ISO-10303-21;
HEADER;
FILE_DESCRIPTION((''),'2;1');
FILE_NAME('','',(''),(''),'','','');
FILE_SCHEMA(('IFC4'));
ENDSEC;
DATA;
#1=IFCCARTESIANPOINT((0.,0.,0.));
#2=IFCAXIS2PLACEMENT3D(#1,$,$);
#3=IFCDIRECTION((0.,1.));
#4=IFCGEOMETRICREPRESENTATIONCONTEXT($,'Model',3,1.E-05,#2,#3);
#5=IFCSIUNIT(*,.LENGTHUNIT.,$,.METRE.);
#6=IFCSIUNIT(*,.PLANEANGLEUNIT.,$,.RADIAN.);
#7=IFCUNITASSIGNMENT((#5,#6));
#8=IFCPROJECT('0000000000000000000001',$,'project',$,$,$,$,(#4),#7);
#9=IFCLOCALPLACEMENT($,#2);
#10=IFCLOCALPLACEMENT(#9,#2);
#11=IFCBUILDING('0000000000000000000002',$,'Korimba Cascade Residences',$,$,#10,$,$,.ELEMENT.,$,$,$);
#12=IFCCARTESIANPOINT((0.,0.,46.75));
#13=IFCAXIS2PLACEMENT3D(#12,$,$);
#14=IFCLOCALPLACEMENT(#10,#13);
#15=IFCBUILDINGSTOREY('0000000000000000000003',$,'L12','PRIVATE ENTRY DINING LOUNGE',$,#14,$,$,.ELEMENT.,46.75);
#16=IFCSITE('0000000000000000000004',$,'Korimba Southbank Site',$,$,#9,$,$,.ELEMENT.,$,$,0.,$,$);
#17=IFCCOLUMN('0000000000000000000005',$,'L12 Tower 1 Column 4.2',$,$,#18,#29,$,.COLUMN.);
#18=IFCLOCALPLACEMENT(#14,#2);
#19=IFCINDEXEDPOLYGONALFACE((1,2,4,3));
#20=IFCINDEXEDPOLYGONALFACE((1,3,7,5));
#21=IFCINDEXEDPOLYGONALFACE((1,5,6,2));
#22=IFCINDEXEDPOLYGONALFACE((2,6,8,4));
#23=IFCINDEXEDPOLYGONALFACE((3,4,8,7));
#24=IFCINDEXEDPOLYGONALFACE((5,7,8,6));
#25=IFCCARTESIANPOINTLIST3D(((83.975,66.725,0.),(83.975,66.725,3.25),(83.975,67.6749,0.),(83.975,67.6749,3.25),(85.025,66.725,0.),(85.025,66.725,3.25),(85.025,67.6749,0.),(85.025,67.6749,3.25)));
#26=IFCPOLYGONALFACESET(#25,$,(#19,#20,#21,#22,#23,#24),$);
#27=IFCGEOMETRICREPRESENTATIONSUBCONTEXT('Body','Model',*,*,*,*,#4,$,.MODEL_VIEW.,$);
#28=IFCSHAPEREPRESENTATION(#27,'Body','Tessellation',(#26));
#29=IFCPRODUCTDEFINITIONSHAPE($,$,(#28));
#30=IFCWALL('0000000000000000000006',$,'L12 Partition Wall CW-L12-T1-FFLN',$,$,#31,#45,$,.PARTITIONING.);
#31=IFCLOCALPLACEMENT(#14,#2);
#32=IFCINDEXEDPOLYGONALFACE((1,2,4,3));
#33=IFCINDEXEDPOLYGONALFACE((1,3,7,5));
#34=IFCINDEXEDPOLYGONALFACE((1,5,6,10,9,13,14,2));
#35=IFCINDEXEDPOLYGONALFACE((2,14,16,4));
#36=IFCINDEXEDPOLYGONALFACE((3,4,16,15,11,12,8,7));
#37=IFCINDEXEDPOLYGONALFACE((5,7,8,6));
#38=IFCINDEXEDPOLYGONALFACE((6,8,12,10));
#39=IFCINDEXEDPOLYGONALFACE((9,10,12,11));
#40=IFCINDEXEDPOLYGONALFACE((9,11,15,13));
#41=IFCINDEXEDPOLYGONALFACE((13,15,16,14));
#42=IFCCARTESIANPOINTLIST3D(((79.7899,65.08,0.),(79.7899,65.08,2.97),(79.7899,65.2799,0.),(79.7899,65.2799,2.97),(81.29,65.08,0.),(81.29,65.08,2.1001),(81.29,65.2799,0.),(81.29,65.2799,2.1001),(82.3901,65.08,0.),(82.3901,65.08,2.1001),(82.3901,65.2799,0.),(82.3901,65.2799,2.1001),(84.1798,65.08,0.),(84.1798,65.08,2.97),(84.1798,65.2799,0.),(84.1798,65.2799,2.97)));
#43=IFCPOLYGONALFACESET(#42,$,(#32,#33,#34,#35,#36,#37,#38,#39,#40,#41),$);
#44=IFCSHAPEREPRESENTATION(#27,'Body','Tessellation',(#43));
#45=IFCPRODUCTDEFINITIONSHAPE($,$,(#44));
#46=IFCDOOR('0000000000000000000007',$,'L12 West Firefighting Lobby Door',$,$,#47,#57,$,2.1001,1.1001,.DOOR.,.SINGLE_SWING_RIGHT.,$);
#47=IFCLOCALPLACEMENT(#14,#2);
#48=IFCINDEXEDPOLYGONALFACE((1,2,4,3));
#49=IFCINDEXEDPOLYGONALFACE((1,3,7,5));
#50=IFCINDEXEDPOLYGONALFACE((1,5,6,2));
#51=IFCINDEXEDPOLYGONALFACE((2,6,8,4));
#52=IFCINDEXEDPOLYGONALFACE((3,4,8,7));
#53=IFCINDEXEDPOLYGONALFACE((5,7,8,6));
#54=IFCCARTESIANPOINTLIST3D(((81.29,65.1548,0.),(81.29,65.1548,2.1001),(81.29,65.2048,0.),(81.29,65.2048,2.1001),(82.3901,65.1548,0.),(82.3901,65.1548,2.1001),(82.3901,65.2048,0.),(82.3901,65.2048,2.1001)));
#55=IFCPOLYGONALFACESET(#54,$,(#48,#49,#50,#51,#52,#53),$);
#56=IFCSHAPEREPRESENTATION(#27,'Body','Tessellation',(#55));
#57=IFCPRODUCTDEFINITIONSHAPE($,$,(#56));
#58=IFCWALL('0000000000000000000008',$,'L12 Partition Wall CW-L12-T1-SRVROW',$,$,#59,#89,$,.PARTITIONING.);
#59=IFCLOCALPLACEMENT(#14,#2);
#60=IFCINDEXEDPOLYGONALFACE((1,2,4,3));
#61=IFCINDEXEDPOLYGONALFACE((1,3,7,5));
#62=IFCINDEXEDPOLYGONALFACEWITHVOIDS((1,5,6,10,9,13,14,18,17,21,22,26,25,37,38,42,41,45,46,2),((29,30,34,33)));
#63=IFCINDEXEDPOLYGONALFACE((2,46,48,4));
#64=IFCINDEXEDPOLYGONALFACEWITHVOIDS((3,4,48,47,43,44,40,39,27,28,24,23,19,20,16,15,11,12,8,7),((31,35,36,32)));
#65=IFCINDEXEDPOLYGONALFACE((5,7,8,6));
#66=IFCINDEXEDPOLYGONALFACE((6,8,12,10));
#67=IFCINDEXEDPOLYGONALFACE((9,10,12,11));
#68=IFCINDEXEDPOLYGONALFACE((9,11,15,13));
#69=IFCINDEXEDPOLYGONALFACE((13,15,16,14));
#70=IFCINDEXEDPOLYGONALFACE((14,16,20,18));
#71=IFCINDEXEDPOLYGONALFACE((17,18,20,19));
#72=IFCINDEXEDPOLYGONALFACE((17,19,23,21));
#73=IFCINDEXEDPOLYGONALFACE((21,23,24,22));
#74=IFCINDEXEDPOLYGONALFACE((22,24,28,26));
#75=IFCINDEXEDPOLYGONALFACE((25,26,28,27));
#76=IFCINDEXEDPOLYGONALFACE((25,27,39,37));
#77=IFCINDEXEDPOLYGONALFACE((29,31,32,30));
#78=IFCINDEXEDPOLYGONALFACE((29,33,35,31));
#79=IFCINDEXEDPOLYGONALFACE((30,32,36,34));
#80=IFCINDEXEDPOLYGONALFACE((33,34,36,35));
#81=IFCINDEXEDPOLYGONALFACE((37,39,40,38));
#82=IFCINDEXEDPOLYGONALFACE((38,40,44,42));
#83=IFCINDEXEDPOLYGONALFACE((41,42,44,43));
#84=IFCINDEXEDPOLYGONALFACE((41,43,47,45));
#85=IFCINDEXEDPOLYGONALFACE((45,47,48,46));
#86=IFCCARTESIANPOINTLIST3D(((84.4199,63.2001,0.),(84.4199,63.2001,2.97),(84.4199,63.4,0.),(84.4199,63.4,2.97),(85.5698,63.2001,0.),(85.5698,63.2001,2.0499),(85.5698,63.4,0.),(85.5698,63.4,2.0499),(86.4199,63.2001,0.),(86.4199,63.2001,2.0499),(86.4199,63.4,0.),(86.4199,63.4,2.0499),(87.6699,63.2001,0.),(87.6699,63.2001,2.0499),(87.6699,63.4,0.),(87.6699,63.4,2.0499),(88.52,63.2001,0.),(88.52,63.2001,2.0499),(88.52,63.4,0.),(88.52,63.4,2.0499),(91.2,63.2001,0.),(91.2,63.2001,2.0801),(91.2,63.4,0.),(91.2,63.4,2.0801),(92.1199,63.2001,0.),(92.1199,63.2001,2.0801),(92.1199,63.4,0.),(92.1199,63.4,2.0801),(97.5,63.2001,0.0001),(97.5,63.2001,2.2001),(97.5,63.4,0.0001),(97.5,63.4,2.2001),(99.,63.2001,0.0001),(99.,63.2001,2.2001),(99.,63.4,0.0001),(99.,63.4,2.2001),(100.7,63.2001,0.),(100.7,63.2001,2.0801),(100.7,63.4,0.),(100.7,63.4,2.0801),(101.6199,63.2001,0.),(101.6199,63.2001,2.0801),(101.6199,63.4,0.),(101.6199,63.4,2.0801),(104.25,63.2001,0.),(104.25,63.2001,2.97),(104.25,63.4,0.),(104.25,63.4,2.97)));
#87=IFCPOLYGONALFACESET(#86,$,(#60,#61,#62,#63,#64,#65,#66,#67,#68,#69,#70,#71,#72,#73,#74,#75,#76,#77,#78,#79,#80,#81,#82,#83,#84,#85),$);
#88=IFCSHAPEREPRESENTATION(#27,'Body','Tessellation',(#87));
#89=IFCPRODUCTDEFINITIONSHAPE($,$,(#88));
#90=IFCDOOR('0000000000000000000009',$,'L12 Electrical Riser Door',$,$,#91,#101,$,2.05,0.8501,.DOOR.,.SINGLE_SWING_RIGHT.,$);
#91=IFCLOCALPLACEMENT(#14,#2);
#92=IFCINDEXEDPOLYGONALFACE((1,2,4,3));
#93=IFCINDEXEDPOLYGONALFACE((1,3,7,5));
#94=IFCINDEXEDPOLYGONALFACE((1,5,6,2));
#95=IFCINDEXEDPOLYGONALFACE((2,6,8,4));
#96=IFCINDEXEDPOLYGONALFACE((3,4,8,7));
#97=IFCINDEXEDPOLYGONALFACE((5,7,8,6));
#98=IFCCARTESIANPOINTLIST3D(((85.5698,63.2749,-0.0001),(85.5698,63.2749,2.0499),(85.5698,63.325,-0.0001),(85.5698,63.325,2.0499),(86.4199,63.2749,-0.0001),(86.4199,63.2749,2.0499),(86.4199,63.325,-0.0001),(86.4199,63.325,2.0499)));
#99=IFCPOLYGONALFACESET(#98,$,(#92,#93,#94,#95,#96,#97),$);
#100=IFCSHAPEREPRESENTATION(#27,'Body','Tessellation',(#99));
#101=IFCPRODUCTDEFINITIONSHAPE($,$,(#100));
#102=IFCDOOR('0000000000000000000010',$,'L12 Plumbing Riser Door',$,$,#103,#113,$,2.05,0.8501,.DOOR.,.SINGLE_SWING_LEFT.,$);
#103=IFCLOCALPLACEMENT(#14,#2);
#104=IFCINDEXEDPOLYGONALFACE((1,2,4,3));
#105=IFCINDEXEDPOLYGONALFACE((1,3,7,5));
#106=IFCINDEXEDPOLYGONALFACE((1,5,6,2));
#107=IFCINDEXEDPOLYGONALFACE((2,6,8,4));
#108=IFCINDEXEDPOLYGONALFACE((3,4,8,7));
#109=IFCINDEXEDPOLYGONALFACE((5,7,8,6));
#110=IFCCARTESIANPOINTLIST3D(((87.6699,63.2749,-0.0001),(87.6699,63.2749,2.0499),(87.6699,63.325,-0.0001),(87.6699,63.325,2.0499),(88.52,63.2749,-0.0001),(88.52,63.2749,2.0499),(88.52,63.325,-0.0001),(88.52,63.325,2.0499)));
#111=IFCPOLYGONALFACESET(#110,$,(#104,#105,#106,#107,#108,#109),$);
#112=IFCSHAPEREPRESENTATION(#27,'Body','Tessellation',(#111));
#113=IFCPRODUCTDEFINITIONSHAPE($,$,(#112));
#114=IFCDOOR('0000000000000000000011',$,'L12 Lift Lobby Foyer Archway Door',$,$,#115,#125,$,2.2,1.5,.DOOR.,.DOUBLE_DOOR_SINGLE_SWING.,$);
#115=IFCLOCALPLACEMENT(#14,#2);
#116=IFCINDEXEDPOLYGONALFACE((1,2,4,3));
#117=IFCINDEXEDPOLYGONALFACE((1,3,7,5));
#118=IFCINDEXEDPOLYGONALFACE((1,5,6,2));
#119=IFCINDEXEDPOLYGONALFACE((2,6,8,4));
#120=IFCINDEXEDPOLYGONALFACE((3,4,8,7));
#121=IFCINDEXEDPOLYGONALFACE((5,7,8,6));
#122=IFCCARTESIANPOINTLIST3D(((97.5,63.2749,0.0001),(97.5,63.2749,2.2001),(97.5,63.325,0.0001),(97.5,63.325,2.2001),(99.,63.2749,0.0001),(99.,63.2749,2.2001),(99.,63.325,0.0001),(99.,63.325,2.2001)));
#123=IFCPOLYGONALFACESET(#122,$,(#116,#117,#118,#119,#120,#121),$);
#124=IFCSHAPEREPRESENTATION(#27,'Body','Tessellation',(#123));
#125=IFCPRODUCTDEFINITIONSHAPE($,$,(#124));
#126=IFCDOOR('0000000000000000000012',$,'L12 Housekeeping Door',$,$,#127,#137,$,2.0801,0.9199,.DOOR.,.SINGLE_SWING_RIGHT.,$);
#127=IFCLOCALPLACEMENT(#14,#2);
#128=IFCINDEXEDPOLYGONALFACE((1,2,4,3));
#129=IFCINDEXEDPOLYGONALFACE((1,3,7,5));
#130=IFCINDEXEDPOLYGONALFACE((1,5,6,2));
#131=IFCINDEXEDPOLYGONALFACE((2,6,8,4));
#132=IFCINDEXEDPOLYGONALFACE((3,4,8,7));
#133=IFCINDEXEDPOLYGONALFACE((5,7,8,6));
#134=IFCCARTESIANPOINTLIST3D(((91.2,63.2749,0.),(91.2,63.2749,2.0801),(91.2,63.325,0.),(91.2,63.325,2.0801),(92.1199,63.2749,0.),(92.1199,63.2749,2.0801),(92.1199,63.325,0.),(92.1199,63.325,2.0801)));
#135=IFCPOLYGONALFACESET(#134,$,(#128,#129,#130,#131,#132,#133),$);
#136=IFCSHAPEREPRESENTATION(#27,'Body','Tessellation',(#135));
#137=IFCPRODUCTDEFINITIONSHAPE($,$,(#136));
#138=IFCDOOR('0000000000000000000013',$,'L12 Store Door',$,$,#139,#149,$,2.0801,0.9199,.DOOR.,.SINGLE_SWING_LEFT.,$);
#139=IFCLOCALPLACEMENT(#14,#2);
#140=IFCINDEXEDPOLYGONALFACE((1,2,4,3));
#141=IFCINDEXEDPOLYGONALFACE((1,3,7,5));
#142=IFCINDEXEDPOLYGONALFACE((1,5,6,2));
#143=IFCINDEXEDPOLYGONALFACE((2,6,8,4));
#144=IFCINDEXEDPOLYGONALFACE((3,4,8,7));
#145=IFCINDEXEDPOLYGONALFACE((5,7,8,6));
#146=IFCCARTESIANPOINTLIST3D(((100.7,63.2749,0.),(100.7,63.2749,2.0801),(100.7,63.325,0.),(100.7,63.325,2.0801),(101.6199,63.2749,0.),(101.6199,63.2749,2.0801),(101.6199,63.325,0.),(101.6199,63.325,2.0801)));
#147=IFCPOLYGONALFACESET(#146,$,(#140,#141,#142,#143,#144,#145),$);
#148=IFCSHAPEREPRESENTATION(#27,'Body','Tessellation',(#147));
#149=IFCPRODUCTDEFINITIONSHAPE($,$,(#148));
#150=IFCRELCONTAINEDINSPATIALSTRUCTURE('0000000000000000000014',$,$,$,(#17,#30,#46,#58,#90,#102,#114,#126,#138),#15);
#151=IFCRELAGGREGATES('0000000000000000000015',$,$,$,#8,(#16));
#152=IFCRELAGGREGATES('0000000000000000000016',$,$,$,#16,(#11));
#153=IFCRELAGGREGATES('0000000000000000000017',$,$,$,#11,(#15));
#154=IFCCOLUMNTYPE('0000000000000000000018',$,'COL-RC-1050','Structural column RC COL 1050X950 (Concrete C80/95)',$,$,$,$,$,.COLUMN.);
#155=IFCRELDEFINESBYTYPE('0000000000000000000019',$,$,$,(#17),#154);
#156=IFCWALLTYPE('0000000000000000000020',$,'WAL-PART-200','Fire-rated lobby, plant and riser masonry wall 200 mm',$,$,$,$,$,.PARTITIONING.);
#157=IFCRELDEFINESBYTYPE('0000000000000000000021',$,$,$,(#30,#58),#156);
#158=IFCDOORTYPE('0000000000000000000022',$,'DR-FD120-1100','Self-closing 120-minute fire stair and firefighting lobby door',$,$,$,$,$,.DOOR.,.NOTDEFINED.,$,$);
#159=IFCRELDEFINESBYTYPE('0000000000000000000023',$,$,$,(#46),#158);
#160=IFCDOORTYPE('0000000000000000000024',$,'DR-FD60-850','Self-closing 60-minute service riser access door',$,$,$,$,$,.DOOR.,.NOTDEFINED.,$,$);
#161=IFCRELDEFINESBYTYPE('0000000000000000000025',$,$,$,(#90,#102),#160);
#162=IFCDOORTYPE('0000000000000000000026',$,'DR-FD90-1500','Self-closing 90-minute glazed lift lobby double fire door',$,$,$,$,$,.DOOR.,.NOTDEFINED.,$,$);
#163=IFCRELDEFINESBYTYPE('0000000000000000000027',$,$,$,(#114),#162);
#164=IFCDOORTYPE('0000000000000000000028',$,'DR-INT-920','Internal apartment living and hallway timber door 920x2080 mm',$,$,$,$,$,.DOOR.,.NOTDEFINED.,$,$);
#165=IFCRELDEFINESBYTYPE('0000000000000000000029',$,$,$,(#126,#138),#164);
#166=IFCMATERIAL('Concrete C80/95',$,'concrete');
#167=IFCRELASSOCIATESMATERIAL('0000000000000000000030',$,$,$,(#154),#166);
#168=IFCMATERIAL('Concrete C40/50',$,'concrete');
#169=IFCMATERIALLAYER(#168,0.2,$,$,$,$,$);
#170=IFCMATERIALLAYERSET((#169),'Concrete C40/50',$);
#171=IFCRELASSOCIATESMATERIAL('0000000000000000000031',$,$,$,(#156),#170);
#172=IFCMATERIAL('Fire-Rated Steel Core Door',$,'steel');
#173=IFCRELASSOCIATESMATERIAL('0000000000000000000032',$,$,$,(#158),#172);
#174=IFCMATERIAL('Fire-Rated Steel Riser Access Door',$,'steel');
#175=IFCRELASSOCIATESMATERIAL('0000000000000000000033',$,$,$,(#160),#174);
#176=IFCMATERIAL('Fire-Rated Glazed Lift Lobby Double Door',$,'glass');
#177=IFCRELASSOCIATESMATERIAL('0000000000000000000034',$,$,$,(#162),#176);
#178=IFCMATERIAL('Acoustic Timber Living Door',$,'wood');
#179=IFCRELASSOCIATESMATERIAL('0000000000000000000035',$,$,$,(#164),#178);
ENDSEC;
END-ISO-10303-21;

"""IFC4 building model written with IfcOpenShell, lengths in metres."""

from ifc_helpers import new_model, si_unit, direction, frame, frame_2d, origin, origin_2d, place, context, subcontext, project, spatial, rectangle, extrude, material, layer, layer_set, material_profile, profile_set, type_object, element, fill, save


model = new_model("IFC4")

# Units and contexts
model_context = context("Model", 3, precision=1e-05, world=origin(), true_north=direction((0.0, 1.0)))
body_context = subcontext(model_context, "Body", "Model", "MODEL_VIEW")
ifc_project = project(units=[si_unit("LENGTHUNIT", "METRE"), si_unit("PLANEANGLEUNIT", "RADIAN")], contexts=[model_context])

# Site, building, storey
site_placement = place(None, origin())
site = spatial("IfcSite", under=ifc_project, at=site_placement, Name="Korimba Southbank Site", CompositionType="ELEMENT", RefElevation=0.0)
building_placement = place(site_placement, origin())
building = spatial("IfcBuilding", under=site, at=building_placement, Name="Korimba Cascade Residences", CompositionType="ELEMENT")
storey_placement = place(building_placement, frame((0.0, 0.0, 46.75)))
storey = spatial("IfcBuildingStorey", under=building, at=storey_placement, Name="L12", Description="PRIVATE ENTRY DINING LOUNGE", CompositionType="ELEMENT", Elevation=46.75)

# Column
ifc_material_1 = material(Name="Concrete C80/95", Category="concrete")
ifc_material_profile = material_profile(ifc_material_1, rectangle(XDim=1.05, YDim=0.95, at=origin_2d()), Name="Concrete C80/95")
ifc_profile_set = profile_set([ifc_material_profile], Name="Concrete C80/95")
column_type = type_object("IfcColumnType", Name="COL-RC-1050", Description="Structural column RC COL 1050X950 (Concrete C80/95)", PredefinedType="COLUMN", material=ifc_profile_set)
column_placement = place(storey_placement, frame((84.5, 67.2, 0.0), z_axis=(0.0, 0.0, 1.0), x_axis=(1.0, 0.0, 0.0)))
element("IfcColumn", 1, at=column_placement, inside=storey, type_object=column_type, Name="L12 Tower 1 Column 4.2", PredefinedType="COLUMN", context=body_context, shape_type="SweptSolid", body=[
    extrude(rectangle(XDim=1.05, YDim=0.95, at=origin_2d()), origin(), (0.0, 0.0, 1.0), 3.25),
])

# Wall, opening, door
ifc_material_2 = material(Name="Concrete C40/50", Category="concrete")
ifc_layer = layer(ifc_material_2, 0.2)
ifc_layer_set = layer_set([ifc_layer], Name="Concrete C40/50")
wall_type = type_object("IfcWallType", Name="WAL-PART-200", Description="Fire-rated lobby, plant and riser masonry wall 200 mm", PredefinedType="PARTITIONING", material=ifc_layer_set)
wall_1_placement = place(storey_placement, frame((79.79, 65.1799, 0.0), z_axis=(0.0, 0.0, 1.0), x_axis=(1.0, 0.0, 0.0)))
wall_1 = element("IfcWall", 2, at=wall_1_placement, inside=storey, type_object=wall_type, Name="L12 Partition Wall CW-L12-T1-FFLN", PredefinedType="PARTITIONING", context=body_context, shape_type="SweptSolid", body=[
    extrude(rectangle(XDim=4.3899, YDim=0.2, at=frame_2d((2.1948, 0.0))), origin(), (0.0, 0.0, 1.0), 2.97),
])
opening_1_placement = place(wall_1_placement, frame((1.5, 0.0, 0.0)))
opening_1 = element("IfcOpeningElement", 3, at=opening_1_placement, cuts=wall_1, PredefinedType="OPENING", context=body_context, shape_type="SweptSolid", body=[
    extrude(rectangle(XDim=1.1001, YDim=2.1001, at=frame_2d((0.55, 1.05))), frame((0.0, 0.1099, 0.0), z_axis=(0.0, -1.0, 0.0), x_axis=(1.0, 0.0, 0.0)), (0.0, 0.0, 1.0), 0.22),
])
ifc_material_3 = material(Name="Fire-Rated Steel Core Door", Category="steel")
door_type_1 = type_object("IfcDoorType", Name="DR-FD120-1100", Description="Self-closing 120-minute fire stair and firefighting lobby door", OperationType="NOTDEFINED", PredefinedType="DOOR", material=ifc_material_3)
door_1_placement = place(opening_1_placement, origin())
door_1 = element("IfcDoor", 4, at=door_1_placement, inside=storey, type_object=door_type_1, Name="L12 West Firefighting Lobby Door", OperationType="SINGLE_SWING_RIGHT", OverallHeight=2.1001, OverallWidth=1.1001, PredefinedType="DOOR", context=body_context, shape_type="SweptSolid", body=[
    extrude(rectangle(XDim=1.1001, YDim=2.1001, at=frame_2d((0.55, 1.05))), frame((0.0, 0.0249, 0.0), z_axis=(0.0, -1.0, 0.0), x_axis=(1.0, 0.0, 0.0)), (0.0, 0.0, 1.0), 0.05),
])
fill(opening_1, door_1)

# Wall, openings, doors
wall_2_placement = place(storey_placement, frame((84.4199, 63.3, 0.0), z_axis=(0.0, 0.0, 1.0), x_axis=(1.0, 0.0, 0.0)))
wall_2 = element("IfcWall", 5, at=wall_2_placement, inside=storey, type_object=wall_type, Name="L12 Partition Wall CW-L12-T1-SRVROW", PredefinedType="PARTITIONING", context=body_context, shape_type="SweptSolid", body=[
    extrude(rectangle(XDim=19.8301, YDim=0.2, at=frame_2d((9.915, 0.0))), origin(), (0.0, 0.0, 1.0), 2.97),
])
opening_2_placement = place(wall_2_placement, frame((1.1499, 0.0, 0.0)))
opening_2 = element("IfcOpeningElement", 6, at=opening_2_placement, cuts=wall_2, PredefinedType="OPENING", context=body_context, shape_type="SweptSolid", body=[
    extrude(rectangle(XDim=0.8501, YDim=2.05, at=frame_2d((0.425, 1.0249))), frame((0.0, 0.1099, 0.0), z_axis=(0.0, -1.0, 0.0), x_axis=(1.0, 0.0, 0.0)), (0.0, 0.0, 1.0), 0.22),
])
opening_3_placement = place(wall_2_placement, frame((3.25, 0.0, 0.0)))
opening_3 = element("IfcOpeningElement", 7, at=opening_3_placement, cuts=wall_2, PredefinedType="OPENING", context=body_context, shape_type="SweptSolid", body=[
    extrude(rectangle(XDim=0.8501, YDim=2.05, at=frame_2d((0.425, 1.0249))), frame((0.0, 0.1099, 0.0), z_axis=(0.0, -1.0, 0.0), x_axis=(1.0, 0.0, 0.0)), (0.0, 0.0, 1.0), 0.22),
])
opening_4_placement = place(wall_2_placement, frame((13.0801, 0.0, 0.0)))
opening_4 = element("IfcOpeningElement", 8, at=opening_4_placement, cuts=wall_2, PredefinedType="OPENING", context=body_context, shape_type="SweptSolid", body=[
    extrude(rectangle(XDim=1.5, YDim=2.2, at=frame_2d((0.75, 1.1001))), frame((0.0, 0.1099, 0.0), z_axis=(0.0, -1.0, 0.0), x_axis=(1.0, 0.0, 0.0)), (0.0, 0.0, 1.0), 0.22),
])
opening_5_placement = place(wall_2_placement, frame((6.78, 0.0, 0.0)))
opening_5 = element("IfcOpeningElement", 9, at=opening_5_placement, cuts=wall_2, PredefinedType="OPENING", context=body_context, shape_type="SweptSolid", body=[
    extrude(rectangle(XDim=0.9199, YDim=2.0801, at=frame_2d((0.46, 1.04))), frame((0.0, 0.1099, 0.0), z_axis=(0.0, -1.0, 0.0), x_axis=(1.0, 0.0, 0.0)), (0.0, 0.0, 1.0), 0.22),
])
opening_6_placement = place(wall_2_placement, frame((16.28, 0.0, 0.0)))
opening_6 = element("IfcOpeningElement", 10, at=opening_6_placement, cuts=wall_2, PredefinedType="OPENING", context=body_context, shape_type="SweptSolid", body=[
    extrude(rectangle(XDim=0.9199, YDim=2.0801, at=frame_2d((0.46, 1.04))), frame((0.0, 0.1099, 0.0), z_axis=(0.0, -1.0, 0.0), x_axis=(1.0, 0.0, 0.0)), (0.0, 0.0, 1.0), 0.22),
])
ifc_material_4 = material(Name="Fire-Rated Steel Riser Access Door", Category="steel")
door_type_2 = type_object("IfcDoorType", Name="DR-FD60-850", Description="Self-closing 60-minute service riser access door", OperationType="NOTDEFINED", PredefinedType="DOOR", material=ifc_material_4)
door_2_placement = place(opening_2_placement, origin())
door_2 = element("IfcDoor", 11, at=door_2_placement, inside=storey, type_object=door_type_2, Name="L12 Electrical Riser Door", OperationType="SINGLE_SWING_RIGHT", OverallHeight=2.05, OverallWidth=0.8501, PredefinedType="DOOR", context=body_context, shape_type="SweptSolid", body=[
    extrude(rectangle(XDim=0.8501, YDim=2.05, at=frame_2d((0.425, 1.0249))), frame((0.0, 0.0249, 0.0), z_axis=(0.0, -1.0, 0.0), x_axis=(1.0, 0.0, 0.0)), (0.0, 0.0, 1.0), 0.05),
])
fill(opening_2, door_2)
door_3_placement = place(opening_3_placement, origin())
door_3 = element("IfcDoor", 12, at=door_3_placement, inside=storey, type_object=door_type_2, Name="L12 Plumbing Riser Door", OperationType="SINGLE_SWING_LEFT", OverallHeight=2.05, OverallWidth=0.8501, PredefinedType="DOOR", context=body_context, shape_type="SweptSolid", body=[
    extrude(rectangle(XDim=0.8501, YDim=2.05, at=frame_2d((0.425, 1.0249))), frame((0.0, 0.0249, 0.0), z_axis=(0.0, -1.0, 0.0), x_axis=(1.0, 0.0, 0.0)), (0.0, 0.0, 1.0), 0.05),
])
fill(opening_3, door_3)
ifc_material_5 = material(Name="Fire-Rated Glazed Lift Lobby Double Door", Category="glass")
door_type_3 = type_object("IfcDoorType", Name="DR-FD90-1500", Description="Self-closing 90-minute glazed lift lobby double fire door", OperationType="NOTDEFINED", PredefinedType="DOOR", material=ifc_material_5)
door_4_placement = place(opening_4_placement, origin())
door_4 = element("IfcDoor", 13, at=door_4_placement, inside=storey, type_object=door_type_3, Name="L12 Lift Lobby Foyer Archway Door", OperationType="DOUBLE_DOOR_SINGLE_SWING", OverallHeight=2.2, OverallWidth=1.5, PredefinedType="DOOR", context=body_context, shape_type="SweptSolid", body=[
    extrude(rectangle(XDim=1.5, YDim=2.2, at=frame_2d((0.75, 1.1001))), frame((0.0, 0.0249, 0.0), z_axis=(0.0, -1.0, 0.0), x_axis=(1.0, 0.0, 0.0)), (0.0, 0.0, 1.0), 0.05),
])
fill(opening_4, door_4)
ifc_material_6 = material(Name="Acoustic Timber Living Door", Category="wood")
door_type_4 = type_object("IfcDoorType", Name="DR-INT-920", Description="Internal apartment living and hallway timber door 920x2080 mm", OperationType="NOTDEFINED", PredefinedType="DOOR", material=ifc_material_6)
door_5_placement = place(opening_5_placement, origin())
door_5 = element("IfcDoor", 14, at=door_5_placement, inside=storey, type_object=door_type_4, Name="L12 Housekeeping Door", OperationType="SINGLE_SWING_RIGHT", OverallHeight=2.0801, OverallWidth=0.9199, PredefinedType="DOOR", context=body_context, shape_type="SweptSolid", body=[
    extrude(rectangle(XDim=0.9199, YDim=2.0801, at=frame_2d((0.46, 1.04))), frame((0.0, 0.0249, 0.0), z_axis=(0.0, -1.0, 0.0), x_axis=(1.0, 0.0, 0.0)), (0.0, 0.0, 1.0), 0.05),
])
fill(opening_5, door_5)
door_6_placement = place(opening_6_placement, origin())
door_6 = element("IfcDoor", 15, at=door_6_placement, inside=storey, type_object=door_type_4, Name="L12 Store Door", OperationType="SINGLE_SWING_LEFT", OverallHeight=2.0801, OverallWidth=0.9199, PredefinedType="DOOR", context=body_context, shape_type="SweptSolid", body=[
    extrude(rectangle(XDim=0.9199, YDim=2.0801, at=frame_2d((0.46, 1.04))), frame((0.0, 0.0249, 0.0), z_axis=(0.0, -1.0, 0.0), x_axis=(1.0, 0.0, 0.0)), (0.0, 0.0, 1.0), 0.05),
])
fill(opening_6, door_6)

save(model, "model.ifc")
